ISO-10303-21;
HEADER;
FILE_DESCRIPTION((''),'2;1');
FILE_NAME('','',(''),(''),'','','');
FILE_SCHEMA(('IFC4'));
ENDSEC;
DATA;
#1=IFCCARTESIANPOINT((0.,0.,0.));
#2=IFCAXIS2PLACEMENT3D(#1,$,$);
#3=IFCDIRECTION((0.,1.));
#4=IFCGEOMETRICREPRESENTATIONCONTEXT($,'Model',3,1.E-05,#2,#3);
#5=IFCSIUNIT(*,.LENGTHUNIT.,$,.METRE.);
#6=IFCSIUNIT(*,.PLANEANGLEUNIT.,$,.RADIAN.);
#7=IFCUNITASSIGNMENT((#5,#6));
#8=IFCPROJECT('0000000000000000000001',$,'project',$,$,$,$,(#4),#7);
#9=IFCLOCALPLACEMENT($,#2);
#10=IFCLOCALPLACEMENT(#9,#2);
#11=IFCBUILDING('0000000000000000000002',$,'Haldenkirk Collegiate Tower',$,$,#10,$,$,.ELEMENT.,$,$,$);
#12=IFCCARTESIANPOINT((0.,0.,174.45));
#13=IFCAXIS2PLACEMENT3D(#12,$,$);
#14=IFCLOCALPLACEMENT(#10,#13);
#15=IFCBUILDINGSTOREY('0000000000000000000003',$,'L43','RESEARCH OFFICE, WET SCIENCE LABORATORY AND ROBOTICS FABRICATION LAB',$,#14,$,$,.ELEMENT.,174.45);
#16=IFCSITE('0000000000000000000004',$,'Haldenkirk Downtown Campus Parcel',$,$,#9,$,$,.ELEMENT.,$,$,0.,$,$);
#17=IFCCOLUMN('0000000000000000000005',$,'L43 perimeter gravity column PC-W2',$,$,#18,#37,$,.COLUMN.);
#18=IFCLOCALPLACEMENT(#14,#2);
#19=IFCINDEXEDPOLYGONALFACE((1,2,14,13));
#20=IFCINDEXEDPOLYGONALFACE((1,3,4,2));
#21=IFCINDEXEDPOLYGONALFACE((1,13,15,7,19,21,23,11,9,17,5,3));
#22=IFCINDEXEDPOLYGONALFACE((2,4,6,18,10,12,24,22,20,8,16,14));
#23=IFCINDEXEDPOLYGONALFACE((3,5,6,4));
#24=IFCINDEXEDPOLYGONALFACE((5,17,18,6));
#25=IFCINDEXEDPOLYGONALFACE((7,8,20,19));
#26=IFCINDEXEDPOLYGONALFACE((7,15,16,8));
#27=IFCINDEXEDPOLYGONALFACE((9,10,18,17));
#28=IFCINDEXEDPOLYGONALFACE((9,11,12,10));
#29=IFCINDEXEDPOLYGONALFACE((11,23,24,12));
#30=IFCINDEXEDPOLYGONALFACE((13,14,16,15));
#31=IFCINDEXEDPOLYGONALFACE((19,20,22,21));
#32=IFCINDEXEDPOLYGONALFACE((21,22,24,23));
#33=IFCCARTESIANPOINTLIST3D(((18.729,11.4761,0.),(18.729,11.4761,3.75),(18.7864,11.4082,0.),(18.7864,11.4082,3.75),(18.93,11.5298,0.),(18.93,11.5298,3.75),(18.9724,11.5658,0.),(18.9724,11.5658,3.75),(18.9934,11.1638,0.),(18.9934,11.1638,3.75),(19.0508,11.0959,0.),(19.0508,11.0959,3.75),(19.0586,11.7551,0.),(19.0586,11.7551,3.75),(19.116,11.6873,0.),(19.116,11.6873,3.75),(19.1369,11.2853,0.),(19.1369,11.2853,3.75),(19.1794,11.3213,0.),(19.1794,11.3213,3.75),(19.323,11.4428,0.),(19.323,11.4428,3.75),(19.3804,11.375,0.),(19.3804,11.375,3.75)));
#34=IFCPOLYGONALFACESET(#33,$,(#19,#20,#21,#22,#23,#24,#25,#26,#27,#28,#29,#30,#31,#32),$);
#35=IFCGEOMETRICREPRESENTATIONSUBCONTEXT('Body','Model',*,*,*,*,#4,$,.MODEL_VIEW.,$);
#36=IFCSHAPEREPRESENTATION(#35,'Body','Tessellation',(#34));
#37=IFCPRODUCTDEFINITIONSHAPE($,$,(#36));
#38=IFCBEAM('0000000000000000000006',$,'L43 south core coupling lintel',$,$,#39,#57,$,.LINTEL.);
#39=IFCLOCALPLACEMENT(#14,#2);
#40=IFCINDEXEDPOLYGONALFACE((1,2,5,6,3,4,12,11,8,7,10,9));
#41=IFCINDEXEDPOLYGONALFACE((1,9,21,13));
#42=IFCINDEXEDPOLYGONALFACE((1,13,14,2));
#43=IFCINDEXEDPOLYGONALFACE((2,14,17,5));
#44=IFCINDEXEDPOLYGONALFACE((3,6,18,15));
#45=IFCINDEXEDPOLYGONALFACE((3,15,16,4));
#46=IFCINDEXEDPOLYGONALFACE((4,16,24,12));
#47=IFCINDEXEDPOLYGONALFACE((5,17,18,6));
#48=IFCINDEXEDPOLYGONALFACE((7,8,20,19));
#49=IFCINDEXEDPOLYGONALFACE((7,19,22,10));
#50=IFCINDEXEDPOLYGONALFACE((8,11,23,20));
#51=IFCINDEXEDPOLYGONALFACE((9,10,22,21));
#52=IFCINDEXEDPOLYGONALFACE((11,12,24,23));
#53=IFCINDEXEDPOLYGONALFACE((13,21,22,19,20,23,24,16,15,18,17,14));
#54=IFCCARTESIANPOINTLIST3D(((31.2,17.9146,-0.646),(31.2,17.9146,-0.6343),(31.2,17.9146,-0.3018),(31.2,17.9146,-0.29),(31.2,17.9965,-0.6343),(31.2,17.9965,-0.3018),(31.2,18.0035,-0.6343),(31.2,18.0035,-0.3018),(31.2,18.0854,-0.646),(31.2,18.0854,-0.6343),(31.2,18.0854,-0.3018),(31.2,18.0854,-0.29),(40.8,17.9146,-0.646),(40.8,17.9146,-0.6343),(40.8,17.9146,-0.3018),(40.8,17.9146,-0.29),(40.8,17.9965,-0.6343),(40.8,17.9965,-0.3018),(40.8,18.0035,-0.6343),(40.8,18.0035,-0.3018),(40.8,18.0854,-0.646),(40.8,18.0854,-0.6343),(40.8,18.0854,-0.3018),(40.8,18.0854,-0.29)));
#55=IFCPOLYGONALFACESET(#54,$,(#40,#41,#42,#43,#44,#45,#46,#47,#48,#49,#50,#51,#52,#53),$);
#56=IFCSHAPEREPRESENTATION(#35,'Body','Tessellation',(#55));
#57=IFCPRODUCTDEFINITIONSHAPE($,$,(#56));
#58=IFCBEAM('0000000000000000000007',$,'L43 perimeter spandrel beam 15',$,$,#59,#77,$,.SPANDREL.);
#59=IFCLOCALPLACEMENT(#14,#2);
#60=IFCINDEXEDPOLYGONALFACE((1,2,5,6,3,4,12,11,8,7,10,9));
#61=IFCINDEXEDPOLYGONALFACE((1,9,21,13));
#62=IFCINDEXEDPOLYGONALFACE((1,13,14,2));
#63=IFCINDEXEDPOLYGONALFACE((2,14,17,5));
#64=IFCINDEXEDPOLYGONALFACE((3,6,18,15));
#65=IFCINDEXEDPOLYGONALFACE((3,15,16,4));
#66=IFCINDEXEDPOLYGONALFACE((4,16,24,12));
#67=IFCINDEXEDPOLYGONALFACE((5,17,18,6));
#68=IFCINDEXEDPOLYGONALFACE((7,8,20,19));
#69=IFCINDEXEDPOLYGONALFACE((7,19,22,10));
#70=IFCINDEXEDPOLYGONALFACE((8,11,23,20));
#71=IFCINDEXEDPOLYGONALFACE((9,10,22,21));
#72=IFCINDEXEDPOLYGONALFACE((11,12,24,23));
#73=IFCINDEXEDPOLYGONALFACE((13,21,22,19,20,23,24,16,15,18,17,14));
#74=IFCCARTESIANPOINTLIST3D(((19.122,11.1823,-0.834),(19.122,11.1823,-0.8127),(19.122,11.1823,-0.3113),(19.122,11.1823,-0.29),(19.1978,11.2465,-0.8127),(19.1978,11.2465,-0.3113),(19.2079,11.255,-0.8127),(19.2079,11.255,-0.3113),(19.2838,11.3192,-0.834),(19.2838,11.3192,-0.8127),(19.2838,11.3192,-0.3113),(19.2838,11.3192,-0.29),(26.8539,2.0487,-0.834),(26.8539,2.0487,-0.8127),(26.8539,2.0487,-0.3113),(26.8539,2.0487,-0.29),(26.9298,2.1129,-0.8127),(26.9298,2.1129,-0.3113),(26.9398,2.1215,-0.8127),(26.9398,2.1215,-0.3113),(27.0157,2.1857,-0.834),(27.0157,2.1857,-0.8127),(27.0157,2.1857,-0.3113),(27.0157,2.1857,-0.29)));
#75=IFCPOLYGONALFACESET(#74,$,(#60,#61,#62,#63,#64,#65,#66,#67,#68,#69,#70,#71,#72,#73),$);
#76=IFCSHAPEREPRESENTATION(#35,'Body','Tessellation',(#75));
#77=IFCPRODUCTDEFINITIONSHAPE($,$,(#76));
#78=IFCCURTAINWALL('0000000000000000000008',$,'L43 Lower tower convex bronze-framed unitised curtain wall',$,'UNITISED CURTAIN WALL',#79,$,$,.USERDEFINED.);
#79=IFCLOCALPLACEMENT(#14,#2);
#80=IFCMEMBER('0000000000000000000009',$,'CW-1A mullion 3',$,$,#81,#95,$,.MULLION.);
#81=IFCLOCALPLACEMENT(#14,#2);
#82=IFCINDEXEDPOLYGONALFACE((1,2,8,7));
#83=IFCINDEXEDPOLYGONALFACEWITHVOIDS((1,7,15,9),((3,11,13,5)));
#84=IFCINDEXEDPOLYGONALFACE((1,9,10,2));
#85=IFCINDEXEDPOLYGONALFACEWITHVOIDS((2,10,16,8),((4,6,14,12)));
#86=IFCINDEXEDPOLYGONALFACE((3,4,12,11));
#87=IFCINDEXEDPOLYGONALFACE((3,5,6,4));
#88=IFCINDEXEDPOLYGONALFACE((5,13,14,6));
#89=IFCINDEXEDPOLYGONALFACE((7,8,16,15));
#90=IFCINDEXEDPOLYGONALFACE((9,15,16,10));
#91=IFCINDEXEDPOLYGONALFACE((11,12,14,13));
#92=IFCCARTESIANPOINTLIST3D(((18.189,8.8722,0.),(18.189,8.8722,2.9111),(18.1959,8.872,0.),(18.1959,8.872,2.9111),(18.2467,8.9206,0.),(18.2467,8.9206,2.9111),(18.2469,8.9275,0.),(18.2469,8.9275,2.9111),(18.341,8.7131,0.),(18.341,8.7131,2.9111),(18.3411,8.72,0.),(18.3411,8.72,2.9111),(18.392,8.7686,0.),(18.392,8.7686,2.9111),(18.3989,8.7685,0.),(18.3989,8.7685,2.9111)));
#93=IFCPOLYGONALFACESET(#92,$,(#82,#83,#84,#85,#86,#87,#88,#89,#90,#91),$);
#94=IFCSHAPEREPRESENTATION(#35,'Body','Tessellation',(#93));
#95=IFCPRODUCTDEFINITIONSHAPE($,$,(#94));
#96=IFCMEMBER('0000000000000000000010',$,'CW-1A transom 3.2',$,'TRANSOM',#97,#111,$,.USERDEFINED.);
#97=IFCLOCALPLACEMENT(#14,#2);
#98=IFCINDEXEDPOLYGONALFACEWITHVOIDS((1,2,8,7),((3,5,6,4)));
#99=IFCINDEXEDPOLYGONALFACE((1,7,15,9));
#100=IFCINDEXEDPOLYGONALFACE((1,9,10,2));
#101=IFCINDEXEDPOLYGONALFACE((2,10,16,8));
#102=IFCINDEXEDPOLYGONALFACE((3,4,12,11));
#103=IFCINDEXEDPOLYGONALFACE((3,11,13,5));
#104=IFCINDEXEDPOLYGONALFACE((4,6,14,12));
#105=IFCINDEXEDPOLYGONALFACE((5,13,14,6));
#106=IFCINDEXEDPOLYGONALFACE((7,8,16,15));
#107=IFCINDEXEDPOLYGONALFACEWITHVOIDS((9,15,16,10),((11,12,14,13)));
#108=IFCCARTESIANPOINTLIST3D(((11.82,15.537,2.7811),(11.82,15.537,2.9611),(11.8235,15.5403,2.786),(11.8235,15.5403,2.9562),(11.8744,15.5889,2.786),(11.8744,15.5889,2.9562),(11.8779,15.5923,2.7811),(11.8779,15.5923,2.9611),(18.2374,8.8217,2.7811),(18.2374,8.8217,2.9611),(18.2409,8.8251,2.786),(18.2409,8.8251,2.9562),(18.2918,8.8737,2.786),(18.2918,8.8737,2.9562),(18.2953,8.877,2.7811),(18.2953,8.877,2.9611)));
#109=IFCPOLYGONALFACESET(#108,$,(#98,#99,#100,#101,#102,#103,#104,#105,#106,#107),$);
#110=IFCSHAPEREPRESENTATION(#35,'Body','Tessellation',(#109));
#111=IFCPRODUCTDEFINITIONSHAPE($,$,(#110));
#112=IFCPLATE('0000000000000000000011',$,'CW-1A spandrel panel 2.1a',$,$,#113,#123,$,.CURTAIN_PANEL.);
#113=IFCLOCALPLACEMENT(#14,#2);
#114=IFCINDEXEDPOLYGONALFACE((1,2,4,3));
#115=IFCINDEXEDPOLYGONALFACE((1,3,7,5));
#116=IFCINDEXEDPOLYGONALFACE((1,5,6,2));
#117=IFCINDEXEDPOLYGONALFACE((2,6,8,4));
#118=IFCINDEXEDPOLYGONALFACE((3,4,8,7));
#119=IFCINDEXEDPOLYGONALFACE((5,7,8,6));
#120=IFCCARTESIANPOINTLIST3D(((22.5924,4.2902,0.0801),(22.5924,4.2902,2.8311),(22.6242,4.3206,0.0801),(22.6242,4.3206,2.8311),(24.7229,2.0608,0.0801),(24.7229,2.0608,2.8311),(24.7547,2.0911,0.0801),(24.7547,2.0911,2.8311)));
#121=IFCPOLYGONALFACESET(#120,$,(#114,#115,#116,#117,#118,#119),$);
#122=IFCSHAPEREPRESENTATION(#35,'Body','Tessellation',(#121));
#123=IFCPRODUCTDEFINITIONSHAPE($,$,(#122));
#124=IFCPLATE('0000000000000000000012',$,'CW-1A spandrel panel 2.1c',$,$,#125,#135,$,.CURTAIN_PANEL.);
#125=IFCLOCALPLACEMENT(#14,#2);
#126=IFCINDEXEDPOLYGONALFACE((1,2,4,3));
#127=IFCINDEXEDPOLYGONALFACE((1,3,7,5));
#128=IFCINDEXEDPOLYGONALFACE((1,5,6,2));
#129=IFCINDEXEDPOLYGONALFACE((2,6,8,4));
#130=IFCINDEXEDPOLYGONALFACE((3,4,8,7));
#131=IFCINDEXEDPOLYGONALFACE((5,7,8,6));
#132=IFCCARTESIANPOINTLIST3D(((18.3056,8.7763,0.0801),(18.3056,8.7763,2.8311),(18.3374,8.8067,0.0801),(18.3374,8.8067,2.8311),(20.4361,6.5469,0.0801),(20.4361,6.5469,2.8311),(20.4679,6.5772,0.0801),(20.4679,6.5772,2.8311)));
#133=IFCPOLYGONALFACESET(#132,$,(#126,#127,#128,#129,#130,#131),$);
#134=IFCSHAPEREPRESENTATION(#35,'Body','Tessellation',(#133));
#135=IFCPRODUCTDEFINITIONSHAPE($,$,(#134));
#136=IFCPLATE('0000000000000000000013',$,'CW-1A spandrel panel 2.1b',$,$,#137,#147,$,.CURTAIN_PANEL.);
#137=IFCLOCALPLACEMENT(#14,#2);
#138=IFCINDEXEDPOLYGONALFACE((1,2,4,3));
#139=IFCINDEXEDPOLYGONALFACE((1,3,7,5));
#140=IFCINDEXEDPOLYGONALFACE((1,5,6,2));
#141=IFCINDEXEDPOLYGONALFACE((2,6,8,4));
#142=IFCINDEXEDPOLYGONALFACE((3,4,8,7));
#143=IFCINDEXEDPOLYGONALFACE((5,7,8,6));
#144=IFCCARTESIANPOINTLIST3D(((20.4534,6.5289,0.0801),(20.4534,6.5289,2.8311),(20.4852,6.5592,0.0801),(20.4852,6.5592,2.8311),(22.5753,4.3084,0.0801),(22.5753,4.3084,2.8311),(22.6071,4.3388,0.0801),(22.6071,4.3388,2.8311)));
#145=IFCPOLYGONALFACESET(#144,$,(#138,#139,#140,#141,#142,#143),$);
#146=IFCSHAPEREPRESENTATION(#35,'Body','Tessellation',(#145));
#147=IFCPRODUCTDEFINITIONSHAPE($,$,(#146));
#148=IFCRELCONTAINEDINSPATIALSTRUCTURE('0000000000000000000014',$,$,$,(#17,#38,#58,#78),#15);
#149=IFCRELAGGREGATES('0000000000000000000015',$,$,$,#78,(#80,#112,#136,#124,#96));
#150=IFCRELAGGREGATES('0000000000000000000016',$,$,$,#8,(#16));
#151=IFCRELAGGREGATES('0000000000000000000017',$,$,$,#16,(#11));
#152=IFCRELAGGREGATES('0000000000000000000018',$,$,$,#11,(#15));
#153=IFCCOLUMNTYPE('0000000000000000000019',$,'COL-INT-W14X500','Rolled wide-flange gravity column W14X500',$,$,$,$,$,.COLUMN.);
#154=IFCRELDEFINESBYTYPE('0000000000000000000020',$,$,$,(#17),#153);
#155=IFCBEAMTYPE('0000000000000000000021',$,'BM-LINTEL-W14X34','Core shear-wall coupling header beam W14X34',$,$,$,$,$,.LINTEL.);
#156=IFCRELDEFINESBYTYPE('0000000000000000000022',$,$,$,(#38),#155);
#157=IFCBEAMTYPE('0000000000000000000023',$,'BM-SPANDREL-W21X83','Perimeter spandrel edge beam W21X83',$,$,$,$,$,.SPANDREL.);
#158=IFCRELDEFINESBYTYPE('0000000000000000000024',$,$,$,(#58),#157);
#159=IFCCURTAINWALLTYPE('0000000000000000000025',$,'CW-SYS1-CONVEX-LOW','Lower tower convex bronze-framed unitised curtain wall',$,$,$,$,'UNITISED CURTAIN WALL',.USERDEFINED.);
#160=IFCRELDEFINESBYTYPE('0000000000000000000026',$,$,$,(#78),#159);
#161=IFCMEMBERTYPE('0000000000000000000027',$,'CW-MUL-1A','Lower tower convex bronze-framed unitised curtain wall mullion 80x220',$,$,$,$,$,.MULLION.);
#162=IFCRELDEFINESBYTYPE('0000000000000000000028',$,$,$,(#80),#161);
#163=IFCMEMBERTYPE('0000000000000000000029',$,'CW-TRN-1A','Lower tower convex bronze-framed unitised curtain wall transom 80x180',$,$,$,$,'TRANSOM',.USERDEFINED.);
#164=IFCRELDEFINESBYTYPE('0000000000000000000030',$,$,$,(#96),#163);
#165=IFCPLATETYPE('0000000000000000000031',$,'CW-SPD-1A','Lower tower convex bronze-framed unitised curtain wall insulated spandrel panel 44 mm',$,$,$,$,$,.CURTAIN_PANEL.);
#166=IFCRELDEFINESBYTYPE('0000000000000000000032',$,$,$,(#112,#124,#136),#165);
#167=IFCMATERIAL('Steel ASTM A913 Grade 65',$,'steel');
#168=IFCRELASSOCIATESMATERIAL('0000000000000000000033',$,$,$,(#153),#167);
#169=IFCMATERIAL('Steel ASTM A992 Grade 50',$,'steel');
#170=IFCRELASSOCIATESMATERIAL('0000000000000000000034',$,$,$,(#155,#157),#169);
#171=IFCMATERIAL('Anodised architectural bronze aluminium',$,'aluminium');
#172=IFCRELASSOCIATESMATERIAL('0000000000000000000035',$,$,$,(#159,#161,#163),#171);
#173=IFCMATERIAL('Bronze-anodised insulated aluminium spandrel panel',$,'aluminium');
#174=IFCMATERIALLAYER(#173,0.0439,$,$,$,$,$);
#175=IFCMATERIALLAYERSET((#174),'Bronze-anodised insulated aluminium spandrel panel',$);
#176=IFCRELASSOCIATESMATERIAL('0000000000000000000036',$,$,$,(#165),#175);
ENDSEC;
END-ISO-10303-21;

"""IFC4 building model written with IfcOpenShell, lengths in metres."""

from ifc_helpers import new_model, si_unit, direction, frame, origin, origin_2d, place, context, subcontext, project, spatial, rectangle, hollow_rectangle, i_section, extrude, source, transform, mapped, material, layer, layer_set, material_profile, profile_set, type_object, element, aggregate, save


model = new_model("IFC4")

# Units and contexts
model_context = context("Model", 3, precision=1e-05, world=origin(), true_north=direction((0.0, 1.0)))
body_context = subcontext(model_context, "Body", "Model", "MODEL_VIEW")
ifc_project = project(units=[si_unit("LENGTHUNIT", "METRE"), si_unit("PLANEANGLEUNIT", "RADIAN")], contexts=[model_context])

# Site, building, storey
site_placement = place(None, origin())
site = spatial("IfcSite", under=ifc_project, at=site_placement, Name="Haldenkirk Downtown Campus Parcel", CompositionType="ELEMENT", RefElevation=0.0)
building_placement = place(site_placement, origin())
building = spatial("IfcBuilding", under=site, at=building_placement, Name="Haldenkirk Collegiate Tower", CompositionType="ELEMENT")
storey_placement = place(building_placement, frame((0.0, 0.0, 174.45)))
storey = spatial("IfcBuildingStorey", under=building, at=storey_placement, Name="L43", Description="RESEARCH OFFICE, WET SCIENCE LABORATORY AND ROBOTICS FABRICATION LAB", CompositionType="ELEMENT", Elevation=174.45)

# Column
ifc_material_1 = material(Name="Steel ASTM A913 Grade 65", Category="steel")
ifc_material_profile_1 = material_profile(ifc_material_1, i_section(OverallWidth=0.4319, OverallDepth=0.498, WebThickness=0.0557, FlangeThickness=0.0889, at=origin_2d()), Name="W14X500")
ifc_profile_set_1 = profile_set([ifc_material_profile_1], Name="Steel ASTM A913 Grade 65")
column_type = type_object("IfcColumnType", Name="COL-INT-W14X500", Description="Rolled wide-flange gravity column W14X500", PredefinedType="COLUMN", material=ifc_profile_set_1)
column_placement = place(storey_placement, frame((19.0547, 11.4255, 0.0), z_axis=(0.0, 0.0, 1.0), x_axis=(0.763232, 0.646124, 0.0)))
element("IfcColumn", 1, at=column_placement, inside=storey, type_object=column_type, Name="L43 perimeter gravity column PC-W2", PredefinedType="COLUMN", context=body_context, shape_type="SweptSolid", body=[
    extrude(i_section(OverallWidth=0.4319, OverallDepth=0.498, WebThickness=0.0557, FlangeThickness=0.0889, at=origin_2d()), origin(), (0.0, 0.0, 1.0), 3.75),
])

# Beams
ifc_material_2 = material(Name="Steel ASTM A992 Grade 50", Category="steel")
ifc_material_profile_2 = material_profile(ifc_material_2, i_section(OverallWidth=0.1709, OverallDepth=0.356, WebThickness=0.0071, FlangeThickness=0.0117, at=origin_2d()), Name="W14X34")
ifc_profile_set_2 = profile_set([ifc_material_profile_2], Name="Steel ASTM A992 Grade 50")
beam_type_1 = type_object("IfcBeamType", Name="BM-LINTEL-W14X34", Description="Core shear-wall coupling header beam W14X34", PredefinedType="LINTEL", material=ifc_profile_set_2)
beam_1_placement = place(storey_placement, frame((31.2, 18.0, -0.468), z_axis=(1.0, 0.0, 0.0), x_axis=(0.0, 1.0, 0.0)))
element("IfcBeam", 2, at=beam_1_placement, inside=storey, type_object=beam_type_1, Name="L43 south core coupling lintel", PredefinedType="LINTEL", context=body_context, shape_type="SweptSolid", body=[
    extrude(i_section(OverallWidth=0.1709, OverallDepth=0.356, WebThickness=0.0071, FlangeThickness=0.0117, at=origin_2d()), origin(), (0.0, 0.0, 1.0), 9.6001),
])
ifc_material_profile_3 = material_profile(ifc_material_2, i_section(OverallWidth=0.2119, OverallDepth=0.5439, WebThickness=0.0132, FlangeThickness=0.0212, at=origin_2d()), Name="W21X83")
ifc_profile_set_3 = profile_set([ifc_material_profile_3], Name="Steel ASTM A992 Grade 50")
beam_type_2 = type_object("IfcBeamType", Name="BM-SPANDREL-W21X83", Description="Perimeter spandrel edge beam W21X83", PredefinedType="SPANDREL", material=ifc_profile_set_3)
beam_2_placement = place(storey_placement, frame((19.2029, 11.2507, -0.562), z_axis=(0.646115, -0.76324, 0.0), x_axis=(0.76324, 0.646115, 0.0)))
element("IfcBeam", 3, at=beam_2_placement, inside=storey, type_object=beam_type_2, Name="L43 perimeter spandrel beam 15", PredefinedType="SPANDREL", context=body_context, shape_type="SweptSolid", body=[
    extrude(i_section(OverallWidth=0.2119, OverallDepth=0.5439, WebThickness=0.0132, FlangeThickness=0.0212, at=origin_2d()), origin(), (0.0, 0.0, 1.0), 11.9668),
])

# Curtain wall, members, plates
ifc_material_3 = material(Name="Anodised architectural bronze aluminium", Category="aluminium")
curtain_wall_type = type_object("IfcCurtainWallType", Name="CW-SYS1-CONVEX-LOW", Description="Lower tower convex bronze-framed unitised curtain wall", ElementType="UNITISED CURTAIN WALL", PredefinedType="USERDEFINED", material=ifc_material_3)
curtain_wall_placement = place(storey_placement, origin())
curtain_wall = element("IfcCurtainWall", 4, at=curtain_wall_placement, inside=storey, type_object=curtain_wall_type, Name="L43 Lower tower convex bronze-framed unitised curtain wall", ObjectType="UNITISED CURTAIN WALL", PredefinedType="USERDEFINED")
ifc_material_profile_4 = material_profile(ifc_material_3, hollow_rectangle(XDim=0.0801, YDim=0.22, WallThickness=0.0049, at=origin_2d()), Name="CW-MUL-1A")
ifc_profile_set_4 = profile_set([ifc_material_profile_4], Name="Anodised architectural bronze aluminium")
member_type_1 = type_object("IfcMemberType", Name="CW-MUL-1A", Description="Lower tower convex bronze-framed unitised curtain wall mullion 80x220", PredefinedType="MULLION", material=ifc_profile_set_4)
member_1_placement = place(storey_placement, frame((18.2939, 8.8203, 0.0), z_axis=(0.0, 0.0, 1.0), x_axis=(-0.722967, -0.690882, 0.0)))
member_1 = element("IfcMember", 5, at=member_1_placement, type_object=member_type_1, Name="CW-1A mullion 3", PredefinedType="MULLION", context=body_context, shape_type="SweptSolid", body=[
    extrude(hollow_rectangle(XDim=0.0801, YDim=0.22, WallThickness=0.0049, at=origin_2d()), origin(), (0.0, 0.0, 1.0), 2.9111),
])
ifc_material_profile_5 = material_profile(ifc_material_3, hollow_rectangle(XDim=0.0801, YDim=0.1799, WallThickness=0.0049, at=origin_2d()), Name="CW-TRN-1A")
ifc_profile_set_5 = profile_set([ifc_material_profile_5], Name="Anodised architectural bronze aluminium")
member_type_2 = type_object("IfcMemberType", Name="CW-TRN-1A", Description="Lower tower convex bronze-framed unitised curtain wall transom 80x180", ElementType="TRANSOM", PredefinedType="USERDEFINED", material=ifc_profile_set_5)
member_2_placement = place(storey_placement, frame((18.2664, 8.8494, 2.8711), z_axis=(-0.690892, 0.722958, 0.0), x_axis=(-0.722958, -0.690892, 0.0)))
member_2 = element("IfcMember", 6, at=member_2_placement, type_object=member_type_2, Name="CW-1A transom 3.2", ObjectType="TRANSOM", PredefinedType="USERDEFINED", context=body_context, shape_type="SweptSolid", body=[
    extrude(hollow_rectangle(XDim=0.0801, YDim=0.1799, WallThickness=0.0049, at=origin_2d()), origin(), (0.0, 0.0, 1.0), 9.2886),
])
ifc_material_4 = material(Name="Bronze-anodised insulated aluminium spandrel panel", Category="aluminium")
ifc_layer_1 = layer(ifc_material_4, 0.0439)
ifc_layer_set_1 = layer_set([ifc_layer_1], Name="Bronze-anodised insulated aluminium spandrel panel")
plate_type = type_object("IfcPlateType", Name="CW-SPD-1A", Description="Lower tower convex bronze-framed unitised curtain wall insulated spandrel panel 44 mm", PredefinedType="CURTAIN_PANEL", material=ifc_layer_set_1)
shared_shape_1 = source(origin(), body_context, "Body", "SweptSolid", [
    extrude(rectangle(XDim=3.0837, YDim=0.0439, at=origin_2d()), origin(), (0.0, 0.0, 1.0), 2.751),
])
plate_1_placement = place(storey_placement, frame((23.6736, 3.1907, 0.0801), z_axis=(0.0, 0.0, 1.0), x_axis=(-0.690882, 0.722967, 0.0)))
plate_1 = element("IfcPlate", 7, at=plate_1_placement, type_object=plate_type, Name="CW-1A spandrel panel 2.1a", PredefinedType="CURTAIN_PANEL", context=body_context, shape_type="MappedRepresentation", body=[
    mapped(shared_shape_1, transform((0.0, 0.0, 0.0), x_axis=(1.0, 0.0, 0.0), y_axis=(0.0, 1.0, 0.0), z_axis=(0.0, 0.0, 1.0), scale=1.0)),
])
plate_2_placement = place(storey_placement, frame((19.3867, 7.6768, 0.0801), z_axis=(0.0, 0.0, 1.0), x_axis=(-0.690882, 0.722967, 0.0)))
plate_2 = element("IfcPlate", 8, at=plate_2_placement, type_object=plate_type, Name="CW-1A spandrel panel 2.1c", PredefinedType="CURTAIN_PANEL", context=body_context, shape_type="MappedRepresentation", body=[
    mapped(shared_shape_1, transform((0.0, 0.0, 0.0), x_axis=(1.0, 0.0, 0.0), y_axis=(0.0, 1.0, 0.0), z_axis=(0.0, 0.0, 1.0), scale=1.0)),
])
shared_shape_2 = source(origin(), body_context, "Body", "SweptSolid", [
    extrude(rectangle(XDim=3.0713, YDim=0.0439, at=origin_2d()), origin(), (0.0, 0.0, 1.0), 2.751),
])
plate_3_placement = place(storey_placement, frame((21.5303, 5.4338, 0.0801), z_axis=(0.0, 0.0, 1.0), x_axis=(-0.690882, 0.722967, 0.0)))
plate_3 = element("IfcPlate", 9, at=plate_3_placement, type_object=plate_type, Name="CW-1A spandrel panel 2.1b", PredefinedType="CURTAIN_PANEL", context=body_context, shape_type="MappedRepresentation", body=[
    mapped(shared_shape_2, transform((0.0, 0.0, 0.0), x_axis=(1.0, 0.0, 0.0), y_axis=(0.0, 1.0, 0.0), z_axis=(0.0, 0.0, 1.0), scale=1.0)),
])
aggregate(curtain_wall, [member_1, plate_1, plate_3, plate_2, member_2])

save(model, "model.ifc")
